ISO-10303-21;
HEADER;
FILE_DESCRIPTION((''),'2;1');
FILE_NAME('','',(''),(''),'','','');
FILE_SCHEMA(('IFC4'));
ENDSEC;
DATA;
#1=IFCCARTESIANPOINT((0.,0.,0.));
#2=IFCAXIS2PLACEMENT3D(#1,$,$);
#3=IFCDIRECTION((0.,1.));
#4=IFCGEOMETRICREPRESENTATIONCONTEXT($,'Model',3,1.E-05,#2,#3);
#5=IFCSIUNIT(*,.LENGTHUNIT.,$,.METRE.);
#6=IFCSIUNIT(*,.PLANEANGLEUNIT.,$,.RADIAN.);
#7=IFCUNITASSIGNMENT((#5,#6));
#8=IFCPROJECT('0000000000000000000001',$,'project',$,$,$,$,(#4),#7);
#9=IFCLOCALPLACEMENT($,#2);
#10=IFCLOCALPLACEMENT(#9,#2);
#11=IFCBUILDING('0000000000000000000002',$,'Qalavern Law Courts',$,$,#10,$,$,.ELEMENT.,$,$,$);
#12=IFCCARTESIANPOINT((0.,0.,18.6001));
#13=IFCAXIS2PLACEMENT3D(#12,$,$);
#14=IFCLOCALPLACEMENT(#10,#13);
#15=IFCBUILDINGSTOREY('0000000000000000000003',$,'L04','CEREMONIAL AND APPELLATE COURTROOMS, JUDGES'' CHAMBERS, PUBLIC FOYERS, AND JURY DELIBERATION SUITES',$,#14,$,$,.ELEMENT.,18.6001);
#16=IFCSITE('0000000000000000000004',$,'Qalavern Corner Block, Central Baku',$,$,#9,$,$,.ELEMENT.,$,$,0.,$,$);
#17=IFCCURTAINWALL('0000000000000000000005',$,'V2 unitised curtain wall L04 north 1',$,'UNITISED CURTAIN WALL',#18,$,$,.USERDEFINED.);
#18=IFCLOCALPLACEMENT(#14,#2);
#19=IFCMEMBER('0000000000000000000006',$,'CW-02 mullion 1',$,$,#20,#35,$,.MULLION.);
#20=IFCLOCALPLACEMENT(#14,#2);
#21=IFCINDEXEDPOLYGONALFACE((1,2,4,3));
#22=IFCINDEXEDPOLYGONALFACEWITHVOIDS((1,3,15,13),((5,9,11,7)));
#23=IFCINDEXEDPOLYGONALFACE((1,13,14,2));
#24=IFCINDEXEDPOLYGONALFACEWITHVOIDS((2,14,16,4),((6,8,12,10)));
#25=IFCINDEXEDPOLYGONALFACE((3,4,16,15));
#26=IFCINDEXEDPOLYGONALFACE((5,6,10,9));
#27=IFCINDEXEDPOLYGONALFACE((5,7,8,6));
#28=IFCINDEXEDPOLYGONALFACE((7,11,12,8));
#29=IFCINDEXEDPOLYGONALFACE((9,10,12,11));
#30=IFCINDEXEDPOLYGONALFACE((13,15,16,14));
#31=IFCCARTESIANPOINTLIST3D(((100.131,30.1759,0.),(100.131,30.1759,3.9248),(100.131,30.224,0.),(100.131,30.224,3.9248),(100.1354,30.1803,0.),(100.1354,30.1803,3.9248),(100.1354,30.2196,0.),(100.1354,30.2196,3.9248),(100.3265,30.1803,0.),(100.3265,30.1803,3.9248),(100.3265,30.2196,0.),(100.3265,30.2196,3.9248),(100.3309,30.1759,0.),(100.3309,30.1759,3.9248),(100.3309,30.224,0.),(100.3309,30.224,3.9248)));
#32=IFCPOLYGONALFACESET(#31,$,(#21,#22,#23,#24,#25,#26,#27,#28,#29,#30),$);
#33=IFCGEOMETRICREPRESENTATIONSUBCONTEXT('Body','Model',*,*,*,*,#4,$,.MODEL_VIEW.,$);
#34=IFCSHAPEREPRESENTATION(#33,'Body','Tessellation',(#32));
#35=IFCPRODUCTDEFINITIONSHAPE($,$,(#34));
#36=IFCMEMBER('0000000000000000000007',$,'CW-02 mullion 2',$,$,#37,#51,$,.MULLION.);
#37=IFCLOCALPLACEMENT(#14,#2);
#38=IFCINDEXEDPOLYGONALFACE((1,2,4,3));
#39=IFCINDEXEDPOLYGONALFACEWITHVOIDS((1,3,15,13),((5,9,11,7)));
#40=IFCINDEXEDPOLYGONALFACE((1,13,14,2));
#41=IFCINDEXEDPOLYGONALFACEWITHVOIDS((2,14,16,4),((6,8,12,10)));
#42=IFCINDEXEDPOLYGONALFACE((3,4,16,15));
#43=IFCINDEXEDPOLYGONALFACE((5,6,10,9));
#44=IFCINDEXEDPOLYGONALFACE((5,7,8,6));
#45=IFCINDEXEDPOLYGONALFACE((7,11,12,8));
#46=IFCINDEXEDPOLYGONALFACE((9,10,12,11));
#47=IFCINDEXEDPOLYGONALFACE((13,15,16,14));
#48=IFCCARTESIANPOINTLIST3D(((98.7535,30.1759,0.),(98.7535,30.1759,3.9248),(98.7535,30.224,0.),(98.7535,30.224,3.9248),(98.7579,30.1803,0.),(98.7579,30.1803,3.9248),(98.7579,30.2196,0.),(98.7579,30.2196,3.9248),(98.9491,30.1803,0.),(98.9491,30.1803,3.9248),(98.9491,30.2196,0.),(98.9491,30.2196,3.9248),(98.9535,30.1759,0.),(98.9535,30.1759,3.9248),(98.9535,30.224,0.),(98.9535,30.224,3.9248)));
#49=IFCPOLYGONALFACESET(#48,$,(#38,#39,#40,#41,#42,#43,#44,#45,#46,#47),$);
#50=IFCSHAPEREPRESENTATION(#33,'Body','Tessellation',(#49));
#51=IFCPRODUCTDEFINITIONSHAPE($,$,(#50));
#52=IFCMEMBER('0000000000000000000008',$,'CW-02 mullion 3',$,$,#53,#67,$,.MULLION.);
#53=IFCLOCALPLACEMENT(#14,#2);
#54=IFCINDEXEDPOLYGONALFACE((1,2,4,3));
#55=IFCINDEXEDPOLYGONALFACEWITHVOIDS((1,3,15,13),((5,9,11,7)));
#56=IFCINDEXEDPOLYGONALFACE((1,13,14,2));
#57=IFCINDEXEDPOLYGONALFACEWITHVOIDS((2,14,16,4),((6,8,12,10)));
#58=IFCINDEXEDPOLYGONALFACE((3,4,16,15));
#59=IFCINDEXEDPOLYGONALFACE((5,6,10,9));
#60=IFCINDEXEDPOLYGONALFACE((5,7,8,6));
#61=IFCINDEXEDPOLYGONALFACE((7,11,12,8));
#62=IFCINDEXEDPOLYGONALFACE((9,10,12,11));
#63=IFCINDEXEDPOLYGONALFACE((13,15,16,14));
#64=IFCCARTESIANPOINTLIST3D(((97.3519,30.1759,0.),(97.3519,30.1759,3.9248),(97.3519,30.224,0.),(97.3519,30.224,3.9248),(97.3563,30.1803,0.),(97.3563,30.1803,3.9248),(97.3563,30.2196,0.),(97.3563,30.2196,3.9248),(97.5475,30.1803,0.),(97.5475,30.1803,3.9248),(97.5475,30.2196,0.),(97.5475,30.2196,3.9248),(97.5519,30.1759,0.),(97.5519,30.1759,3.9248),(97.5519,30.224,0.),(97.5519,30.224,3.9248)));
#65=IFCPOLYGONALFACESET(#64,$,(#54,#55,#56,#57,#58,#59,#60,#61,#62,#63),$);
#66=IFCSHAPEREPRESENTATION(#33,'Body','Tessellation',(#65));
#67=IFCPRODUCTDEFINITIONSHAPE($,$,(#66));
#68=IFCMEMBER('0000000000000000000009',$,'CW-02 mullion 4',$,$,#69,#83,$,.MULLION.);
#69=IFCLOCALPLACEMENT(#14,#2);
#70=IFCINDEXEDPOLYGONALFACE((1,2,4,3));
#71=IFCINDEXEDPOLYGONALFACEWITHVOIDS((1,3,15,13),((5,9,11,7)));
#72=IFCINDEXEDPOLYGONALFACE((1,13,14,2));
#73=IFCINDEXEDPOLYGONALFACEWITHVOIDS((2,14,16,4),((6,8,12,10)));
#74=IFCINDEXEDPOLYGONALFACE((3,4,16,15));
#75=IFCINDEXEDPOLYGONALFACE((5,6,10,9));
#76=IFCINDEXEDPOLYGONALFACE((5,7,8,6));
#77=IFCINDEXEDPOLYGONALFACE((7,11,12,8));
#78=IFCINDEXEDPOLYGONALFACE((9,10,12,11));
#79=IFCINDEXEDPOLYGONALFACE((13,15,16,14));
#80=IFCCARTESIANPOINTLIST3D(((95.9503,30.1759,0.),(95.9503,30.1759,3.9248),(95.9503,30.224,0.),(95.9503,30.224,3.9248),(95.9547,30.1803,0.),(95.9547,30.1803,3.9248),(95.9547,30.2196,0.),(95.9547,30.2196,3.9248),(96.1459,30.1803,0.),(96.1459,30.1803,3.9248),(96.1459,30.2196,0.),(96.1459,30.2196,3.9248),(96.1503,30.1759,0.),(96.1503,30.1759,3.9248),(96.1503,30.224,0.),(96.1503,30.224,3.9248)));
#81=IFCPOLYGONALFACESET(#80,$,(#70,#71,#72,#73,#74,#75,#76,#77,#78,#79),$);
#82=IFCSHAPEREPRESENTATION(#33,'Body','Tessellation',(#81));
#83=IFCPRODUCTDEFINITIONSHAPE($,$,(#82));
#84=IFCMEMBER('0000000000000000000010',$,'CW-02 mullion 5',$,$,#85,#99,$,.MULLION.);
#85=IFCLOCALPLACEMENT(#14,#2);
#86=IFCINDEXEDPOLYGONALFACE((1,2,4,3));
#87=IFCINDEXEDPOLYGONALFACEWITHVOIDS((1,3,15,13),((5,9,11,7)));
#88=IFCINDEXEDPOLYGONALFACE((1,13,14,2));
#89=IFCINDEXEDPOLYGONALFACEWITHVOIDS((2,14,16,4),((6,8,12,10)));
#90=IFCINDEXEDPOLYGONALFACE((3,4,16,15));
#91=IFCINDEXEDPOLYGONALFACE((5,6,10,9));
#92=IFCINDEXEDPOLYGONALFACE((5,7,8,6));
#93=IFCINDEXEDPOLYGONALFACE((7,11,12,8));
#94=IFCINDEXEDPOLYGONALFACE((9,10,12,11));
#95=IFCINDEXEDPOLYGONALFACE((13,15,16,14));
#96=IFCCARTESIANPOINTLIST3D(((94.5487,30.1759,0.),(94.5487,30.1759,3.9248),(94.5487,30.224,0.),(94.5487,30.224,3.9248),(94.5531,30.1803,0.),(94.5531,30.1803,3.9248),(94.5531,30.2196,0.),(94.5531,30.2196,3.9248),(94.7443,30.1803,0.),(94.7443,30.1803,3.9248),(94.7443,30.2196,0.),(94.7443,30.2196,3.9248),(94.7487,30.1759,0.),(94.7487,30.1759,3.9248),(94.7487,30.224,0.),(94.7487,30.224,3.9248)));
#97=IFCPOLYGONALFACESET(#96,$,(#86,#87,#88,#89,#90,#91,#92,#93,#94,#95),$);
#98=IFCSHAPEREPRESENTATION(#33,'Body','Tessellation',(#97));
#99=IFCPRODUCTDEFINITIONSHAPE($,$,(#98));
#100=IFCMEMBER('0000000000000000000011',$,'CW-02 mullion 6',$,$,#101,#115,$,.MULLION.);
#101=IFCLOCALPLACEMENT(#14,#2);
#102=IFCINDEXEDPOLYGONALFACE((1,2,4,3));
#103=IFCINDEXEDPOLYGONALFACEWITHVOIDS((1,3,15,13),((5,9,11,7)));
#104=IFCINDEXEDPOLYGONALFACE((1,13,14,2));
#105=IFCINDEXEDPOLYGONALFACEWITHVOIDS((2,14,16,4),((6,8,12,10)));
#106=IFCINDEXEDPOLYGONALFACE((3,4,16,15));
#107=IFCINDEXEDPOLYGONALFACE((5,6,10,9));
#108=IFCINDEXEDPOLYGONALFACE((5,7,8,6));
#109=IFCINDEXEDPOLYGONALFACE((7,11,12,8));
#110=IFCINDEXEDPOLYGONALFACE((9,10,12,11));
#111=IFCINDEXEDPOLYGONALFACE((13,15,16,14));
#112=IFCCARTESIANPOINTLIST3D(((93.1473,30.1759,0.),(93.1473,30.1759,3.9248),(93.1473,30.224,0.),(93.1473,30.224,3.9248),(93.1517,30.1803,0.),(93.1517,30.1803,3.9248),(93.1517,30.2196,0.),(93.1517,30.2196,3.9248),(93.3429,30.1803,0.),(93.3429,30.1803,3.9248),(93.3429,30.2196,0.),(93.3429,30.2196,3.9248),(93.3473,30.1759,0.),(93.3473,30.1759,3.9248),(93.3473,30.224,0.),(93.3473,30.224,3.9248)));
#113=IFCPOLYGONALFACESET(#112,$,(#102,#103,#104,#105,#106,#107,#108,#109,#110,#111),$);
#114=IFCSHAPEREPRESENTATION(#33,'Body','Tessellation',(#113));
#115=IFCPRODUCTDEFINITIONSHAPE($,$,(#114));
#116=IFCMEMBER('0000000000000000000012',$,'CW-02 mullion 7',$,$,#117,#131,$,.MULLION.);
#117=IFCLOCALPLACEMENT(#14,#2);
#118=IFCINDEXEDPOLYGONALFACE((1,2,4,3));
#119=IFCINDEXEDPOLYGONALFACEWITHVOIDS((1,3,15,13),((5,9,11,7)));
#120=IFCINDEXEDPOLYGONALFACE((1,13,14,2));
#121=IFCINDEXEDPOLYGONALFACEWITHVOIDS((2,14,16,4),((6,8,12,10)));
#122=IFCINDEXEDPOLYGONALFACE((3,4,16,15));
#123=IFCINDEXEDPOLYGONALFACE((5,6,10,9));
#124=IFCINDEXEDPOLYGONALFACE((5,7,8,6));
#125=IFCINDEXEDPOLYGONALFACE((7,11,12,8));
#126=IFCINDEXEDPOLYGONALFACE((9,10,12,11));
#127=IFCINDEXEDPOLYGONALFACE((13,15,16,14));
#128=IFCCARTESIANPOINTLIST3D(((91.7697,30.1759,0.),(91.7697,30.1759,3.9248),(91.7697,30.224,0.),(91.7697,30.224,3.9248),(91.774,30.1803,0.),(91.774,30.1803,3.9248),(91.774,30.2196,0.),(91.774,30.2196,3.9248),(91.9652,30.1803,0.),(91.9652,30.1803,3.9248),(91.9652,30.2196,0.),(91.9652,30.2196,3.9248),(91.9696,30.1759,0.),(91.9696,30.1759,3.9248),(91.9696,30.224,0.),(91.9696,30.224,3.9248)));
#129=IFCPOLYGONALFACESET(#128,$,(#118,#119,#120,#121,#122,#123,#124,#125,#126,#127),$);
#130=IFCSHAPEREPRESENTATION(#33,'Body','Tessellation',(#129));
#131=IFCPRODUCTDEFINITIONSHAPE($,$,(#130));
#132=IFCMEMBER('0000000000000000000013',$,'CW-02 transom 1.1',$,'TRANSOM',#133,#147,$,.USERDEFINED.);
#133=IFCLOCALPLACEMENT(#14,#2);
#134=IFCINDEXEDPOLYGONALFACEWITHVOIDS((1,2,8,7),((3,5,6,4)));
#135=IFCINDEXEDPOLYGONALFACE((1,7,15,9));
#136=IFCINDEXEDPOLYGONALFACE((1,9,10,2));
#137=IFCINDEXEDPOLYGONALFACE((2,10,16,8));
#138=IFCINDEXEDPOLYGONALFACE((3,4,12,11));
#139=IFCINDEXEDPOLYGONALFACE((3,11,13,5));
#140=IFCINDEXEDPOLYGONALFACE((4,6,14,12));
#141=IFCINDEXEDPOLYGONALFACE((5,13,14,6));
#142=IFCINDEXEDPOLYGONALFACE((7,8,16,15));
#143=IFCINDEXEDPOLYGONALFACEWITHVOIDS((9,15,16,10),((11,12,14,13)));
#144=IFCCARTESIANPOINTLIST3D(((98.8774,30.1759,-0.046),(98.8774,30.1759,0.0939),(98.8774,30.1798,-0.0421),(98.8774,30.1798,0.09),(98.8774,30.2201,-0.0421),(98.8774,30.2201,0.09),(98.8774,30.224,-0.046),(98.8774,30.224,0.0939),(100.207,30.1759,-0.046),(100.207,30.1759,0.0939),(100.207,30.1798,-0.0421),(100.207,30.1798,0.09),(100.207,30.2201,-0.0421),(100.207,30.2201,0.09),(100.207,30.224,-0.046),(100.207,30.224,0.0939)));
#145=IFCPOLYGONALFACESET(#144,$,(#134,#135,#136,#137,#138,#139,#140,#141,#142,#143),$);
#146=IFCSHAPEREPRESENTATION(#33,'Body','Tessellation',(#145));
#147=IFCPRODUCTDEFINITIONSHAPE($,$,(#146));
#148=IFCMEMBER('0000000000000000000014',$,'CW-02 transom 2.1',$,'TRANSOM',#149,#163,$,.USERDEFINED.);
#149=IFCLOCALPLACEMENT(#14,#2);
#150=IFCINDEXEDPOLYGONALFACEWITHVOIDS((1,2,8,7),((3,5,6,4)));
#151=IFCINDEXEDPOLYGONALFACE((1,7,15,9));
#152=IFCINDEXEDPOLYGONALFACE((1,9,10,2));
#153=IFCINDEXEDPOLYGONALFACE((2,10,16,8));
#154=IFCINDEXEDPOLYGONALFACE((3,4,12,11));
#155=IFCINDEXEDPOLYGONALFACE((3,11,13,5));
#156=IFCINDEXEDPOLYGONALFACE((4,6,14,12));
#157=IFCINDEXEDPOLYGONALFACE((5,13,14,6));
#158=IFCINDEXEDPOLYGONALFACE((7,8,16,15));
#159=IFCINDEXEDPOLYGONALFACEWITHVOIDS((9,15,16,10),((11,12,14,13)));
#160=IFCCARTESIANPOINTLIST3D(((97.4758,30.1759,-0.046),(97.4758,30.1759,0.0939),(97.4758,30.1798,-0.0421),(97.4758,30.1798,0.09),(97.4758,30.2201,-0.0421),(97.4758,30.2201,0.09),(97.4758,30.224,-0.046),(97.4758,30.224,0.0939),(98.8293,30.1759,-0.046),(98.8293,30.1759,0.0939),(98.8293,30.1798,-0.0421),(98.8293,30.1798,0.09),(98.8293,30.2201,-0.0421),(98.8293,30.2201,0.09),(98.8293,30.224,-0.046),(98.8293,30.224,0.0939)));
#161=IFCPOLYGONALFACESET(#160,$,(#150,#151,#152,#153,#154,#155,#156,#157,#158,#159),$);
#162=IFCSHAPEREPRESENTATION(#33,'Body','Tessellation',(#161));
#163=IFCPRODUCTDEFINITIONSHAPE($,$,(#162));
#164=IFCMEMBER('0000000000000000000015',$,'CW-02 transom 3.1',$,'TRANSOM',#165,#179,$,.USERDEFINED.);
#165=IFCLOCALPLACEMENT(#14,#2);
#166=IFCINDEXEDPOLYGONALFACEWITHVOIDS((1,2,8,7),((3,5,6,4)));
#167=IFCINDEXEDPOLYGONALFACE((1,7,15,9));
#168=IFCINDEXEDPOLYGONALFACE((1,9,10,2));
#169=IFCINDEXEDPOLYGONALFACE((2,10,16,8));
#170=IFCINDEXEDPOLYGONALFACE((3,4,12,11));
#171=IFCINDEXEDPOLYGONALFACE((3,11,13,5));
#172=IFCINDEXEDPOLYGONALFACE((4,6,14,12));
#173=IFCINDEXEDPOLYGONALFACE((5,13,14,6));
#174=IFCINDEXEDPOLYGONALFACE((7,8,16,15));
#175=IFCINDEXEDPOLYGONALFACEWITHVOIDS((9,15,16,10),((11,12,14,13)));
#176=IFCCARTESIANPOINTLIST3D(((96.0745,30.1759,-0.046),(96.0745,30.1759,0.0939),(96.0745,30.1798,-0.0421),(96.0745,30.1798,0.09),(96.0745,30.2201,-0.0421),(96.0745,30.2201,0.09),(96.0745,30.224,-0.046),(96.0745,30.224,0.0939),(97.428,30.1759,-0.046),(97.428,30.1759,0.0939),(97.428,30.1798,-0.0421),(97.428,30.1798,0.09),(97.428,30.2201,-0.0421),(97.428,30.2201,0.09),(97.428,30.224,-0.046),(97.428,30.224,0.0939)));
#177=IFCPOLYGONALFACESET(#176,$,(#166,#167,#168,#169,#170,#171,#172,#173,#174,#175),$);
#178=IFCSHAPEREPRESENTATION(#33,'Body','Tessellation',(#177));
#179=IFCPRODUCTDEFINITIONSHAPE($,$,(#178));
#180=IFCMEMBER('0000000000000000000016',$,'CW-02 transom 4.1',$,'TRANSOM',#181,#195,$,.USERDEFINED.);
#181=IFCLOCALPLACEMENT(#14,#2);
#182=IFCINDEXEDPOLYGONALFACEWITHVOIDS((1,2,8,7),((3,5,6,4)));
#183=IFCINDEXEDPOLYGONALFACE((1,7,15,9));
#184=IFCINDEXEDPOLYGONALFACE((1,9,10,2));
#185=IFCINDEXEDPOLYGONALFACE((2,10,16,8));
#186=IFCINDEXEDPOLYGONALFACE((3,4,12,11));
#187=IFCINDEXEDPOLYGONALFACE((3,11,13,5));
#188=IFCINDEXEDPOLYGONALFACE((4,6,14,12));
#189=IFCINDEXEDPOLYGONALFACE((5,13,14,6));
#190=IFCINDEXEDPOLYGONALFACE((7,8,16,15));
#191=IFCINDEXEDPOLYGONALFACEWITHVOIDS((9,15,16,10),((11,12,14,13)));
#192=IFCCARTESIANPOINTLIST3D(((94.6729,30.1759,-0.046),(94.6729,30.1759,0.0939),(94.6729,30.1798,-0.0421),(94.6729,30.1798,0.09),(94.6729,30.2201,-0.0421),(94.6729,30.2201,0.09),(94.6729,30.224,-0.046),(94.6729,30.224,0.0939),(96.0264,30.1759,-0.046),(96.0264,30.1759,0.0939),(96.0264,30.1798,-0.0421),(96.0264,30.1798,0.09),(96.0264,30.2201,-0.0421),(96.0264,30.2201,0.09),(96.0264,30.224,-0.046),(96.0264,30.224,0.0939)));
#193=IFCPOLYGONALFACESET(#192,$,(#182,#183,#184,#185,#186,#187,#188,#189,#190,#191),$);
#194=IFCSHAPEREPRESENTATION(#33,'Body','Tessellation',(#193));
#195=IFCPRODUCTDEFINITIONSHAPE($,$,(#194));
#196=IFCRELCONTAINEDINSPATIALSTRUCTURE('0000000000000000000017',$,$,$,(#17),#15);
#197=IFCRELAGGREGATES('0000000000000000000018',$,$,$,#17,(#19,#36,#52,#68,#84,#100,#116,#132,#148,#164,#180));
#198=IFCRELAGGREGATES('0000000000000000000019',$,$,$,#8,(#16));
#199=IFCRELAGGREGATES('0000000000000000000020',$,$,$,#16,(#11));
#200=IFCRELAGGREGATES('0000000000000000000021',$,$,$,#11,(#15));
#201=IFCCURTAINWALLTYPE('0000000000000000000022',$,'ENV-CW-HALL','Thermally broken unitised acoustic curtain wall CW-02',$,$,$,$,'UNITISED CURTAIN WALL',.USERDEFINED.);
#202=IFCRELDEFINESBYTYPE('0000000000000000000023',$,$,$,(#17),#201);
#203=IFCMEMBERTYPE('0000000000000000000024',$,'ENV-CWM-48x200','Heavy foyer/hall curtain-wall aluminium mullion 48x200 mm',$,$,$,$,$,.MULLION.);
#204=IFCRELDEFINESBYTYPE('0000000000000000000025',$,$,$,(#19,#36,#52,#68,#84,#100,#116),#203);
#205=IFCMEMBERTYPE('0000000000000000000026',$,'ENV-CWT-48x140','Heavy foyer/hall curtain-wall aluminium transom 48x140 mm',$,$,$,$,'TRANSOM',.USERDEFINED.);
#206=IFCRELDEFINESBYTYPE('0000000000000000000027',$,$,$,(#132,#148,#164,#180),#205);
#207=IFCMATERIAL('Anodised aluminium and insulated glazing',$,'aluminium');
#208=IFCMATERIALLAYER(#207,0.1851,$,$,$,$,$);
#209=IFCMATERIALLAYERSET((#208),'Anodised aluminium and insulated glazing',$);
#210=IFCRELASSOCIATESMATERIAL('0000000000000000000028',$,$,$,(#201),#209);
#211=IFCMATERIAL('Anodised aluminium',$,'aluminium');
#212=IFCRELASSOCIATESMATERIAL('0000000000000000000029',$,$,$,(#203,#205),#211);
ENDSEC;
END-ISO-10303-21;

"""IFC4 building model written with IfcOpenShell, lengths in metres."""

from ifc_helpers import new_model, si_unit, direction, frame, origin, origin_2d, place, context, subcontext, project, spatial, hollow_rectangle, extrude, material, layer, layer_set, material_profile, profile_set, type_object, element, aggregate, save


model = new_model("IFC4")

# Units and contexts
model_context = context("Model", 3, precision=1e-05, world=origin(), true_north=direction((0.0, 1.0)))
body_context = subcontext(model_context, "Body", "Model", "MODEL_VIEW")
ifc_project = project(units=[si_unit("LENGTHUNIT", "METRE"), si_unit("PLANEANGLEUNIT", "RADIAN")], contexts=[model_context])

# Site, building, storey
site_placement = place(None, origin())
site = spatial("IfcSite", under=ifc_project, at=site_placement, Name="Qalavern Corner Block, Central Baku", CompositionType="ELEMENT", RefElevation=0.0)
building_placement = place(site_placement, origin())
building = spatial("IfcBuilding", under=site, at=building_placement, Name="Qalavern Law Courts", CompositionType="ELEMENT")
storey_placement = place(building_placement, frame((0.0, 0.0, 18.6001)))
storey = spatial("IfcBuildingStorey", under=building, at=storey_placement, Name="L04", Description="CEREMONIAL AND APPELLATE COURTROOMS, JUDGES' CHAMBERS, PUBLIC FOYERS, AND JURY DELIBERATION SUITES", CompositionType="ELEMENT", Elevation=18.6001)

# Curtain wall, members
ifc_material_1 = material(Name="Anodised aluminium and insulated glazing", Category="aluminium")
ifc_layer_1 = layer(ifc_material_1, 0.1851)
ifc_layer_set_1 = layer_set([ifc_layer_1], Name="Anodised aluminium and insulated glazing")
curtain_wall_type = type_object("IfcCurtainWallType", Name="ENV-CW-HALL", Description="Thermally broken unitised acoustic curtain wall CW-02", ElementType="UNITISED CURTAIN WALL", PredefinedType="USERDEFINED", material=ifc_layer_set_1)
curtain_wall_placement = place(storey_placement, origin())
curtain_wall = element("IfcCurtainWall", 1, at=curtain_wall_placement, inside=storey, type_object=curtain_wall_type, Name="V2 unitised curtain wall L04 north 1", ObjectType="UNITISED CURTAIN WALL", PredefinedType="USERDEFINED")
ifc_material_2 = material(Name="Anodised aluminium", Category="aluminium")
ifc_material_profile_1 = material_profile(ifc_material_2, hollow_rectangle(XDim=0.0481, YDim=0.2, WallThickness=0.0044, at=origin_2d()), Name="ALU MULLION 48x200")
ifc_profile_set_1 = profile_set([ifc_material_profile_1], Name="Anodised aluminium")
member_type_1 = type_object("IfcMemberType", Name="ENV-CWM-48x200", Description="Heavy foyer/hall curtain-wall aluminium mullion 48x200 mm", PredefinedType="MULLION", material=ifc_profile_set_1)
member_1_placement = place(storey_placement, frame((100.231, 30.2, 0.0), z_axis=(0.0, 0.0, 1.0), x_axis=(0.0, -1.0, 0.0)))
member_1 = element("IfcMember", 2, at=member_1_placement, type_object=member_type_1, Name="CW-02 mullion 1", PredefinedType="MULLION", context=body_context, shape_type="SweptSolid", body=[
    extrude(hollow_rectangle(XDim=0.0481, YDim=0.2, WallThickness=0.0044, at=origin_2d()), origin(), (0.0, 0.0, 1.0), 3.9248),
])
member_2_placement = place(storey_placement, frame((98.8535, 30.2, 0.0), z_axis=(0.0, 0.0, 1.0), x_axis=(0.0, -1.0, 0.0)))
member_2 = element("IfcMember", 3, at=member_2_placement, type_object=member_type_1, Name="CW-02 mullion 2", PredefinedType="MULLION", context=body_context, shape_type="SweptSolid", body=[
    extrude(hollow_rectangle(XDim=0.0481, YDim=0.2, WallThickness=0.0044, at=origin_2d()), origin(), (0.0, 0.0, 1.0), 3.9248),
])
member_3_placement = place(storey_placement, frame((97.4519, 30.2, 0.0), z_axis=(0.0, 0.0, 1.0), x_axis=(0.0, -1.0, 0.0)))
member_3 = element("IfcMember", 4, at=member_3_placement, type_object=member_type_1, Name="CW-02 mullion 3", PredefinedType="MULLION", context=body_context, shape_type="SweptSolid", body=[
    extrude(hollow_rectangle(XDim=0.0481, YDim=0.2, WallThickness=0.0044, at=origin_2d()), origin(), (0.0, 0.0, 1.0), 3.9248),
])
member_4_placement = place(storey_placement, frame((96.0503, 30.2, 0.0), z_axis=(0.0, 0.0, 1.0), x_axis=(0.0, -1.0, 0.0)))
member_4 = element("IfcMember", 5, at=member_4_placement, type_object=member_type_1, Name="CW-02 mullion 4", PredefinedType="MULLION", context=body_context, shape_type="SweptSolid", body=[
    extrude(hollow_rectangle(XDim=0.0481, YDim=0.2, WallThickness=0.0044, at=origin_2d()), origin(), (0.0, 0.0, 1.0), 3.9248),
])
member_5_placement = place(storey_placement, frame((94.6487, 30.2, 0.0), z_axis=(0.0, 0.0, 1.0), x_axis=(0.0, -1.0, 0.0)))
member_5 = element("IfcMember", 6, at=member_5_placement, type_object=member_type_1, Name="CW-02 mullion 5", PredefinedType="MULLION", context=body_context, shape_type="SweptSolid", body=[
    extrude(hollow_rectangle(XDim=0.0481, YDim=0.2, WallThickness=0.0044, at=origin_2d()), origin(), (0.0, 0.0, 1.0), 3.9248),
])
member_6_placement = place(storey_placement, frame((93.2473, 30.2, 0.0), z_axis=(0.0, 0.0, 1.0), x_axis=(0.0, -1.0, 0.0)))
member_6 = element("IfcMember", 7, at=member_6_placement, type_object=member_type_1, Name="CW-02 mullion 6", PredefinedType="MULLION", context=body_context, shape_type="SweptSolid", body=[
    extrude(hollow_rectangle(XDim=0.0481, YDim=0.2, WallThickness=0.0044, at=origin_2d()), origin(), (0.0, 0.0, 1.0), 3.9248),
])
member_7_placement = place(storey_placement, frame((91.8696, 30.2, 0.0), z_axis=(0.0, 0.0, 1.0), x_axis=(0.0, -1.0, 0.0)))
member_7 = element("IfcMember", 8, at=member_7_placement, type_object=member_type_1, Name="CW-02 mullion 7", PredefinedType="MULLION", context=body_context, shape_type="SweptSolid", body=[
    extrude(hollow_rectangle(XDim=0.0481, YDim=0.2, WallThickness=0.0044, at=origin_2d()), origin(), (0.0, 0.0, 1.0), 3.9248),
])
ifc_material_profile_2 = material_profile(ifc_material_2, hollow_rectangle(XDim=0.0481, YDim=0.1399, WallThickness=0.0039, at=origin_2d()), Name="ALU TRANSOM 48x140")
ifc_profile_set_2 = profile_set([ifc_material_profile_2], Name="Anodised aluminium")
member_type_2 = type_object("IfcMemberType", Name="ENV-CWT-48x140", Description="Heavy foyer/hall curtain-wall aluminium transom 48x140 mm", ElementType="TRANSOM", PredefinedType="USERDEFINED", material=ifc_profile_set_2)
member_8_placement = place(storey_placement, frame((100.207, 30.2, 0.0239), z_axis=(-1.0, 0.0, 0.0), x_axis=(0.0, -1.0, 0.0)))
member_8 = element("IfcMember", 9, at=member_8_placement, type_object=member_type_2, Name="CW-02 transom 1.1", ObjectType="TRANSOM", PredefinedType="USERDEFINED", context=body_context, shape_type="SweptSolid", body=[
    extrude(hollow_rectangle(XDim=0.0481, YDim=0.1399, WallThickness=0.0039, at=origin_2d()), origin(), (0.0, 0.0, 1.0), 1.3296),
])
member_9_placement = place(storey_placement, frame((98.8293, 30.2, 0.0239), z_axis=(-1.0, 0.0, 0.0), x_axis=(0.0, -1.0, 0.0)))
member_9 = element("IfcMember", 10, at=member_9_placement, type_object=member_type_2, Name="CW-02 transom 2.1", ObjectType="TRANSOM", PredefinedType="USERDEFINED", context=body_context, shape_type="SweptSolid", body=[
    extrude(hollow_rectangle(XDim=0.0481, YDim=0.1399, WallThickness=0.0039, at=origin_2d()), origin(), (0.0, 0.0, 1.0), 1.3535),
])
member_10_placement = place(storey_placement, frame((97.428, 30.2, 0.0239), z_axis=(-1.0, 0.0, 0.0), x_axis=(0.0, -1.0, 0.0)))
member_10 = element("IfcMember", 11, at=member_10_placement, type_object=member_type_2, Name="CW-02 transom 3.1", ObjectType="TRANSOM", PredefinedType="USERDEFINED", context=body_context, shape_type="SweptSolid", body=[
    extrude(hollow_rectangle(XDim=0.0481, YDim=0.1399, WallThickness=0.0039, at=origin_2d()), origin(), (0.0, 0.0, 1.0), 1.3535),
])
member_11_placement = place(storey_placement, frame((96.0264, 30.2, 0.0239), z_axis=(-1.0, 0.0, 0.0), x_axis=(0.0, -1.0, 0.0)))
member_11 = element("IfcMember", 12, at=member_11_placement, type_object=member_type_2, Name="CW-02 transom 4.1", ObjectType="TRANSOM", PredefinedType="USERDEFINED", context=body_context, shape_type="SweptSolid", body=[
    extrude(hollow_rectangle(XDim=0.0481, YDim=0.1399, WallThickness=0.0039, at=origin_2d()), origin(), (0.0, 0.0, 1.0), 1.3535),
])
aggregate(curtain_wall, [member_1, member_2, member_3, member_4, member_5, member_6, member_7, member_8, member_9, member_10, member_11])

save(model, "model.ifc")
